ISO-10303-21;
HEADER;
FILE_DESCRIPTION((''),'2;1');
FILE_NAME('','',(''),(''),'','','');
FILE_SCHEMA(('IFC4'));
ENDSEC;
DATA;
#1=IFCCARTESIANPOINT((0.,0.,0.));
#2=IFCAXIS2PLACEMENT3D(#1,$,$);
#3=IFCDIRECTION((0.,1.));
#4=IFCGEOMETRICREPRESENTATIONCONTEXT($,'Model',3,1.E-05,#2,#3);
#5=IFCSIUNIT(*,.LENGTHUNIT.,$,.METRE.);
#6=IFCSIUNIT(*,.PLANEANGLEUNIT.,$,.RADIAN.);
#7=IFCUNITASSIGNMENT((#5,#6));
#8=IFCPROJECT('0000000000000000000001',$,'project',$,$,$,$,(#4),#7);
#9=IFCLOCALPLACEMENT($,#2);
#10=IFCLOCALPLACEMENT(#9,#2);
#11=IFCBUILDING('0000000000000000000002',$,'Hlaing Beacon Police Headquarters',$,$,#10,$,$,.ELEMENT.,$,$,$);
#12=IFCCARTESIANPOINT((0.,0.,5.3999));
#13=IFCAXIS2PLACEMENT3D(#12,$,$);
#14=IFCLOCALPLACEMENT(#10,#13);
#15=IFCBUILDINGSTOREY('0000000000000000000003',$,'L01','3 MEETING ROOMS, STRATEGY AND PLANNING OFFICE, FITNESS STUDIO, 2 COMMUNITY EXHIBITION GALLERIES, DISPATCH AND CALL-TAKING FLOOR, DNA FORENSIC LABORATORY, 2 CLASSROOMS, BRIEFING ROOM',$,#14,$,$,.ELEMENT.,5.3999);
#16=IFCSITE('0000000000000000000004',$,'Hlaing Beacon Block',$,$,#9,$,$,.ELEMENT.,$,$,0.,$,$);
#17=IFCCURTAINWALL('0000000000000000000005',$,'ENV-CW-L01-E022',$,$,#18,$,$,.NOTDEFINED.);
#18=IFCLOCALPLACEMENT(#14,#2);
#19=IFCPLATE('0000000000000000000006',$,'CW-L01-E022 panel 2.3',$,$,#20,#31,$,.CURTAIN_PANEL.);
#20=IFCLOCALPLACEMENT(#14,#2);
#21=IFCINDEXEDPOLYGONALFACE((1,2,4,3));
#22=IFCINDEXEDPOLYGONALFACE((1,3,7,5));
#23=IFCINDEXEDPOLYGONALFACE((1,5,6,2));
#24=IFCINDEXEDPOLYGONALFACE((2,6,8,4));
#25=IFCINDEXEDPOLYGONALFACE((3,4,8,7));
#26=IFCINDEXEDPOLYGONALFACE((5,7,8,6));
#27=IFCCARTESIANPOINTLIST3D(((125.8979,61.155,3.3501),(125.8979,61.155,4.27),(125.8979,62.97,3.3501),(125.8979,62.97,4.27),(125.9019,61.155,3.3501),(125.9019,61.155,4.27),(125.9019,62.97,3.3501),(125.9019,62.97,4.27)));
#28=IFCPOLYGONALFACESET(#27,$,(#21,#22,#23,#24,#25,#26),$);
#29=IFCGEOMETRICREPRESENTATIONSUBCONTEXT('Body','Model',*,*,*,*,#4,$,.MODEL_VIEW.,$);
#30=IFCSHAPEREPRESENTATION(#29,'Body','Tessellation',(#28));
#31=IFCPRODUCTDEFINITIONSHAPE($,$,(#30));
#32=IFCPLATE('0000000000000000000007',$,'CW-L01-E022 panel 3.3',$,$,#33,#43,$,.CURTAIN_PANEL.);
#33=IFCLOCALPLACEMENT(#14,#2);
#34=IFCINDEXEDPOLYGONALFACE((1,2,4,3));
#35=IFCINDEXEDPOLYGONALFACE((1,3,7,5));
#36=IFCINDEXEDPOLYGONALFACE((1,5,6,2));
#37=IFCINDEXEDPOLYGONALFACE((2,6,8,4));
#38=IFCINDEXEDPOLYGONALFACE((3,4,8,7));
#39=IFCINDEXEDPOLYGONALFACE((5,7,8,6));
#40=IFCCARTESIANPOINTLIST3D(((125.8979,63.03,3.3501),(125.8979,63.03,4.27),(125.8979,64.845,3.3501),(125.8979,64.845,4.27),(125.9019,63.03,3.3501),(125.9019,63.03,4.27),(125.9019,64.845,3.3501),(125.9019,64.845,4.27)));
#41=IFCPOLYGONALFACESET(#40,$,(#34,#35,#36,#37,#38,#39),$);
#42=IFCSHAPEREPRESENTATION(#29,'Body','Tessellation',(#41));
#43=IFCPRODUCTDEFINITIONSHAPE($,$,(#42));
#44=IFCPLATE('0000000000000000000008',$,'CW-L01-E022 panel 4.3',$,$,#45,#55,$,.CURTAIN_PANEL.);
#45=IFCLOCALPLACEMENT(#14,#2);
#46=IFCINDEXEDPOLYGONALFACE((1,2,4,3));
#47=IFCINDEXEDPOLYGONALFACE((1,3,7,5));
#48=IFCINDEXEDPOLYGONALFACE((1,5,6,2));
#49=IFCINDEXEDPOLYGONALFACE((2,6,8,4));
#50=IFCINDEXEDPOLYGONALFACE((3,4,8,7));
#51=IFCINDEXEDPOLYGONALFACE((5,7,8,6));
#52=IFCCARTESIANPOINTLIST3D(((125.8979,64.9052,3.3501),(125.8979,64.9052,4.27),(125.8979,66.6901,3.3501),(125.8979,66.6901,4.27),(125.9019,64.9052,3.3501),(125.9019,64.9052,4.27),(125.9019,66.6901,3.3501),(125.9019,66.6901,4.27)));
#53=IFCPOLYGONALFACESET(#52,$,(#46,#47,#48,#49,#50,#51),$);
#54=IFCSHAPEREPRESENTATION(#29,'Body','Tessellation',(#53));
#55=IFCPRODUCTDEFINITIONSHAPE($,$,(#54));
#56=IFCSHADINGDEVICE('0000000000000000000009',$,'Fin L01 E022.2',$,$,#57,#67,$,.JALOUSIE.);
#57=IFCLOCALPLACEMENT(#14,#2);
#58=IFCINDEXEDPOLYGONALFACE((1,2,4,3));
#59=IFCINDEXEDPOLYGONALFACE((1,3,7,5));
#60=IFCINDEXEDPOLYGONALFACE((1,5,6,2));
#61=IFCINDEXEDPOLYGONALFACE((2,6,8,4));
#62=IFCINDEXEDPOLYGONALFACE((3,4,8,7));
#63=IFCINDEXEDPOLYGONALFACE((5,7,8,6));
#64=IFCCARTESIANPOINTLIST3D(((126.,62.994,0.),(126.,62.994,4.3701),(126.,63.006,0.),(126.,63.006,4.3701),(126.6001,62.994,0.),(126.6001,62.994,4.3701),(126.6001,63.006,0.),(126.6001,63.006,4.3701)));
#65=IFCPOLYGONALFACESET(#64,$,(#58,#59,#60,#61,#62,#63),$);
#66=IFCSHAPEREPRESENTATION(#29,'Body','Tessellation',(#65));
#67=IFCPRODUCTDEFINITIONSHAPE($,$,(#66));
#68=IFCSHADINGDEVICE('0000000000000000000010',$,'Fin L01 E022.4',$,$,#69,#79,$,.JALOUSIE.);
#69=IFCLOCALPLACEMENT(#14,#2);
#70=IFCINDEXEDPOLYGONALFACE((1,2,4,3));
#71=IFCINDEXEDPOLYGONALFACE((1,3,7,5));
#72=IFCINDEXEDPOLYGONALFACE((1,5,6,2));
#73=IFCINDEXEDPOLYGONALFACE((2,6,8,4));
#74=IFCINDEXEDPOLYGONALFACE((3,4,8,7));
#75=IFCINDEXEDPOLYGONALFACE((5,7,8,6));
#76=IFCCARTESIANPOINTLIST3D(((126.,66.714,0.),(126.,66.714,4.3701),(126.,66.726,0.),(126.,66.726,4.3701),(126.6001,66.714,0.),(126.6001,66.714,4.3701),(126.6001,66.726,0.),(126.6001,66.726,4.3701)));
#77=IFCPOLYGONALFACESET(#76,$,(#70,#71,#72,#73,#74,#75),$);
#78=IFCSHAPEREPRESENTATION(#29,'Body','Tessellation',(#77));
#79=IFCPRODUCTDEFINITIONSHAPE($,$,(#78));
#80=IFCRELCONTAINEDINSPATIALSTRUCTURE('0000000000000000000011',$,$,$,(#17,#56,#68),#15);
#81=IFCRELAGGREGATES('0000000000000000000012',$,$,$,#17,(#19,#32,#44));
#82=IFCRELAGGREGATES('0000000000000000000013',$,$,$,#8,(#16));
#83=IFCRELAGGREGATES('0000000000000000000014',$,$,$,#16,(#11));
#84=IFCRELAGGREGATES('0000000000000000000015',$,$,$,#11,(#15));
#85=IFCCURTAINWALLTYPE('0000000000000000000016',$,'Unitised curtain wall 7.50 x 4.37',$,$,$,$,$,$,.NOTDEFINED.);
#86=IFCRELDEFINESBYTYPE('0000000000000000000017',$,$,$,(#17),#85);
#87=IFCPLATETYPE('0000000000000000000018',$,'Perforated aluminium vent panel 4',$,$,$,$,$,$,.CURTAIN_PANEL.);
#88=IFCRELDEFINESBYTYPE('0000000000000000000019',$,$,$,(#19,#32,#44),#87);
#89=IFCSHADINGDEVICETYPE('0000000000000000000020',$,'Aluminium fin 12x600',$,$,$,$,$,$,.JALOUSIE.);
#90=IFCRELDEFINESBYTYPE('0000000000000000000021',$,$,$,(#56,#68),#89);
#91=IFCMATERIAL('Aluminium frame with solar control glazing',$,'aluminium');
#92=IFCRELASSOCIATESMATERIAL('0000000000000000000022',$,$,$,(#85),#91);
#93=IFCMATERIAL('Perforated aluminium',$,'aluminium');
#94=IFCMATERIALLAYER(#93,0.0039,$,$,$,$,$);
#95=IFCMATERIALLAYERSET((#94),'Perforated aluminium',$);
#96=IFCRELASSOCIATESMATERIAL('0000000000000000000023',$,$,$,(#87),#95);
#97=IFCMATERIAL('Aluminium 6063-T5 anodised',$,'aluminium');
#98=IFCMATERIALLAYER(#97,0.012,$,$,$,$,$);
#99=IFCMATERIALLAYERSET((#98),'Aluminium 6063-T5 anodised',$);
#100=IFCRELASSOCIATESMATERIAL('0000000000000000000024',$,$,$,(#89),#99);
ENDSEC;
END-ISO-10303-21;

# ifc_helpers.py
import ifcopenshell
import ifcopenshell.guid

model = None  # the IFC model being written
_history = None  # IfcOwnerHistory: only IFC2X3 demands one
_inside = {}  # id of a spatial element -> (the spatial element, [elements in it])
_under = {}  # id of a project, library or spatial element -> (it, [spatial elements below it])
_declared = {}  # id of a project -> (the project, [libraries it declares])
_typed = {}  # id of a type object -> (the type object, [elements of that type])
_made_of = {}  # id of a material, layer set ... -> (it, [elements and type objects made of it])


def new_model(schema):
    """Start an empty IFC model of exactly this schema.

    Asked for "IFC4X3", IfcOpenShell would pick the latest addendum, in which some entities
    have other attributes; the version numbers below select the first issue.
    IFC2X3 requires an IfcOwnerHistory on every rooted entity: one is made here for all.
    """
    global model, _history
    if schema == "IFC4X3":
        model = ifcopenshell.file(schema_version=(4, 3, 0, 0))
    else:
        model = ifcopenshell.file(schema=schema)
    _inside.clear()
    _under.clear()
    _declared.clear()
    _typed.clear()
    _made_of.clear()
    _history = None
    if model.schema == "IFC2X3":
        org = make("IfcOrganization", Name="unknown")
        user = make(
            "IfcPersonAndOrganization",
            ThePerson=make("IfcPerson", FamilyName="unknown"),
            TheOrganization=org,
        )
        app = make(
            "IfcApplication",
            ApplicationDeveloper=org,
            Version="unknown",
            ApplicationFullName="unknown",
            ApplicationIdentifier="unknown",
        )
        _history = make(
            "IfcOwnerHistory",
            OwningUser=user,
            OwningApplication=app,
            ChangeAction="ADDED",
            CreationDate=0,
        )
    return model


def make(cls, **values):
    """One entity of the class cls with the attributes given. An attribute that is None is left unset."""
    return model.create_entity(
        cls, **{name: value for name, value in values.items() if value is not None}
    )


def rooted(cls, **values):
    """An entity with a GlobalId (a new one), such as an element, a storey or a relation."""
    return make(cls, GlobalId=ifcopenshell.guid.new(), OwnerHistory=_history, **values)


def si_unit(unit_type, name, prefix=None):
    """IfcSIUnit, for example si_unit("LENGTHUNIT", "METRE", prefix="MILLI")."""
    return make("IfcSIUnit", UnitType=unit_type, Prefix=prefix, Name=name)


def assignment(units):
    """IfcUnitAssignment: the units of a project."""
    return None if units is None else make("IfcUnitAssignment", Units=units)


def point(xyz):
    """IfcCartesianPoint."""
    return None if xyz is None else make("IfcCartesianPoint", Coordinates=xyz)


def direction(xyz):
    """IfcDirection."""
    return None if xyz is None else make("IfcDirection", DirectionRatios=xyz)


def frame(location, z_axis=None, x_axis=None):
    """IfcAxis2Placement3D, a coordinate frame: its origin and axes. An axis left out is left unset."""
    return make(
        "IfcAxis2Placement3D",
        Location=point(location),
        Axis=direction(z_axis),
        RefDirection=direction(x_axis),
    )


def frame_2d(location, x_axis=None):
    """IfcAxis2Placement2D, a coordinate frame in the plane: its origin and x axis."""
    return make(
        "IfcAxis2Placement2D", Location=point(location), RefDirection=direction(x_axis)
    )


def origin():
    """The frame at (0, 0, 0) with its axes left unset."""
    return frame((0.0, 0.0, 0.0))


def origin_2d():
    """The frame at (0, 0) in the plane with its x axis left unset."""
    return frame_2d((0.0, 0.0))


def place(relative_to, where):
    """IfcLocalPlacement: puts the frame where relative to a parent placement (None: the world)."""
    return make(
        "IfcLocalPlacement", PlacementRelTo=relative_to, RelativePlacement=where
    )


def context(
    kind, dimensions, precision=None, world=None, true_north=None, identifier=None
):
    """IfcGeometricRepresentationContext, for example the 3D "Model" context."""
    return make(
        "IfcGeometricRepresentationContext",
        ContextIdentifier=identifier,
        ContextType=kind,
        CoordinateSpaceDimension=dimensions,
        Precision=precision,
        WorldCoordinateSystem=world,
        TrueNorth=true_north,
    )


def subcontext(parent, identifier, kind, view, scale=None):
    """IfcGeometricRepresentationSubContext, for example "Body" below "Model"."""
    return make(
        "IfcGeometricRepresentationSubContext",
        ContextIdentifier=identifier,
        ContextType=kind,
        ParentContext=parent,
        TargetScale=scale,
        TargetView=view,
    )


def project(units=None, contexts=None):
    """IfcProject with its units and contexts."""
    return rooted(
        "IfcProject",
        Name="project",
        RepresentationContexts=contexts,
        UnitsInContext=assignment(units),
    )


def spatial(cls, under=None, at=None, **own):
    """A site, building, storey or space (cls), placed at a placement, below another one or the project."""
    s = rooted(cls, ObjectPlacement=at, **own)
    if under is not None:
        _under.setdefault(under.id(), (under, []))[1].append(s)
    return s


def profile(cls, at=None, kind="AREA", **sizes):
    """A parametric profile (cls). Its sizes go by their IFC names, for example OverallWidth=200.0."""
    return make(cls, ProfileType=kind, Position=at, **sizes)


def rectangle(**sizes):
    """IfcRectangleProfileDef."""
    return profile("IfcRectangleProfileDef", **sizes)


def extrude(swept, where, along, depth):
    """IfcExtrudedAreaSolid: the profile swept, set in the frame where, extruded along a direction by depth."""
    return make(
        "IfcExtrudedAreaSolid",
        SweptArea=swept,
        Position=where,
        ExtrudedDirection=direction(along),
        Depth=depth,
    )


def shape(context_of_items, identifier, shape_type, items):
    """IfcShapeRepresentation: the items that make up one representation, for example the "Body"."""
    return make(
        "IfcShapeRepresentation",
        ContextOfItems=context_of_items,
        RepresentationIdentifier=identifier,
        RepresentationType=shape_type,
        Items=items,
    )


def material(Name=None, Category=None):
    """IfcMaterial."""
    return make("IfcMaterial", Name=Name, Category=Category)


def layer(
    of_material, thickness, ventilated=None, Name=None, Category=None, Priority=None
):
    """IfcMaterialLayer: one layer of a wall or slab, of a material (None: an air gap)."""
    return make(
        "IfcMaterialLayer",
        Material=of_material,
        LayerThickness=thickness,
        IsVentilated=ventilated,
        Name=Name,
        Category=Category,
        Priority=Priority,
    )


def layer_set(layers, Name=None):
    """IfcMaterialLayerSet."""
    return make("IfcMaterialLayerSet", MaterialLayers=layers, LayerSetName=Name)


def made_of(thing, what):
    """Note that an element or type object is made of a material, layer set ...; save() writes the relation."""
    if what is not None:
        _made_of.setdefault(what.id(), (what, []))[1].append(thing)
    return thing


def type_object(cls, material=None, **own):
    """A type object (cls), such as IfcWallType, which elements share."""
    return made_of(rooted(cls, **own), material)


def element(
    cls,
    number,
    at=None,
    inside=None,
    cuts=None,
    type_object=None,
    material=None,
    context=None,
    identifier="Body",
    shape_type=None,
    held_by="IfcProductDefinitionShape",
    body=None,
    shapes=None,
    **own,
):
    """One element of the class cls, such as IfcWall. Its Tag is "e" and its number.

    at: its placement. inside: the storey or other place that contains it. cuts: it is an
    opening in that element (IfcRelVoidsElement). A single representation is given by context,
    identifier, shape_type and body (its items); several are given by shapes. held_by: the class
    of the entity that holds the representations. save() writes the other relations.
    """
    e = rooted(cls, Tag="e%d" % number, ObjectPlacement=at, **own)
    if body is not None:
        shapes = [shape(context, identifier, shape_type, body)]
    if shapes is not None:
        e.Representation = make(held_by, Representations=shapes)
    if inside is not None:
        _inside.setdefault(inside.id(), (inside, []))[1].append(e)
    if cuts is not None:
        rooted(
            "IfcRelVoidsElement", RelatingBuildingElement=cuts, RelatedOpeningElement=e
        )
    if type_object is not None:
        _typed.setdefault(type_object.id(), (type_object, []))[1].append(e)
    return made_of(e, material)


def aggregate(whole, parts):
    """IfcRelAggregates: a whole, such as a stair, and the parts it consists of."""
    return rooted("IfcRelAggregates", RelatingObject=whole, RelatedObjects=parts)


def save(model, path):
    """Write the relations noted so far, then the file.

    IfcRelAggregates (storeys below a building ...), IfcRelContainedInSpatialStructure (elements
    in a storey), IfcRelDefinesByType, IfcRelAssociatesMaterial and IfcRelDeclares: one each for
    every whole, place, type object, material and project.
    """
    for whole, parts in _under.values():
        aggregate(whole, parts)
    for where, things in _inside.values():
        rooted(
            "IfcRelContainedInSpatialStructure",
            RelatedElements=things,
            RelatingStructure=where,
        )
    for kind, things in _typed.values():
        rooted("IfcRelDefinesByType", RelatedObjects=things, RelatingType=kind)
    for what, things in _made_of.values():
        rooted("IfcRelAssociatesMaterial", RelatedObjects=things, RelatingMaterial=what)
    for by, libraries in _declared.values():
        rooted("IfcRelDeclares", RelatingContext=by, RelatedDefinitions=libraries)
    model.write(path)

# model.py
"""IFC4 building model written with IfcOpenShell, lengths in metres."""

from ifc_helpers import new_model, si_unit, direction, frame, origin, origin_2d, place, context, subcontext, project, spatial, rectangle, extrude, material, layer, layer_set, type_object, element, aggregate, save


model = new_model("IFC4")

# Units and contexts
model_context = context("Model", 3, precision=1e-05, world=origin(), true_north=direction((0.0, 1.0)))
body_context = subcontext(model_context, "Body", "Model", "MODEL_VIEW")
ifc_project = project(units=[si_unit("LENGTHUNIT", "METRE"), si_unit("PLANEANGLEUNIT", "RADIAN")], contexts=[model_context])

# Site, building, storey
site_placement = place(None, origin())
site = spatial("IfcSite", under=ifc_project, at=site_placement, Name="Hlaing Beacon Block", CompositionType="ELEMENT", RefElevation=0.0)
building_placement = place(site_placement, origin())
building = spatial("IfcBuilding", under=site, at=building_placement, Name="Hlaing Beacon Police Headquarters", CompositionType="ELEMENT")
storey_placement = place(building_placement, frame((0.0, 0.0, 5.3999)))
storey = spatial("IfcBuildingStorey", under=building, at=storey_placement, Name="L01", Description="3 MEETING ROOMS, STRATEGY AND PLANNING OFFICE, FITNESS STUDIO, 2 COMMUNITY EXHIBITION GALLERIES, DISPATCH AND CALL-TAKING FLOOR, DNA FORENSIC LABORATORY, 2 CLASSROOMS, BRIEFING ROOM", CompositionType="ELEMENT", Elevation=5.3999)

# Curtain wall, plates
ifc_material_1 = material(Name="Aluminium frame with solar control glazing", Category="aluminium")
curtain_wall_type = type_object("IfcCurtainWallType", Name="Unitised curtain wall 7.50 x 4.37", PredefinedType="NOTDEFINED", material=ifc_material_1)
curtain_wall_placement = place(storey_placement, origin())
curtain_wall = element("IfcCurtainWall", 1, at=curtain_wall_placement, inside=storey, type_object=curtain_wall_type, Name="ENV-CW-L01-E022", PredefinedType="NOTDEFINED")
ifc_material_2 = material(Name="Perforated aluminium", Category="aluminium")
ifc_layer_1 = layer(ifc_material_2, 0.0039)
ifc_layer_set_1 = layer_set([ifc_layer_1], Name="Perforated aluminium")
plate_type_1 = type_object("IfcPlateType", Name="Perforated aluminium vent panel 4", PredefinedType="CURTAIN_PANEL", material=ifc_layer_set_1)
plate_1_placement = place(storey_placement, frame((125.8999, 62.0625, 3.3501), z_axis=(0.0, 0.0, 1.0), x_axis=(0.0, 1.0, 0.0)))
plate_1 = element("IfcPlate", 2, at=plate_1_placement, type_object=plate_type_1, Name="CW-L01-E022 panel 2.3", PredefinedType="CURTAIN_PANEL", context=body_context, shape_type="SweptSolid", body=[
    extrude(rectangle(XDim=1.8149, YDim=0.0039, at=origin_2d()), origin(), (0.0, 0.0, 1.0), 0.9199),
])
plate_2_placement = place(storey_placement, frame((125.8999, 63.9375, 3.3501), z_axis=(0.0, 0.0, 1.0), x_axis=(0.0, 1.0, 0.0)))
plate_2 = element("IfcPlate", 3, at=plate_2_placement, type_object=plate_type_1, Name="CW-L01-E022 panel 3.3", PredefinedType="CURTAIN_PANEL", context=body_context, shape_type="SweptSolid", body=[
    extrude(rectangle(XDim=1.8149, YDim=0.0039, at=origin_2d()), origin(), (0.0, 0.0, 1.0), 0.9199),
])
plate_3_placement = place(storey_placement, frame((125.8999, 65.7976, 3.3501), z_axis=(0.0, 0.0, 1.0), x_axis=(0.0, 1.0, 0.0)))
plate_3 = element("IfcPlate", 4, at=plate_3_placement, type_object=plate_type_1, Name="CW-L01-E022 panel 4.3", PredefinedType="CURTAIN_PANEL", context=body_context, shape_type="SweptSolid", body=[
    extrude(rectangle(XDim=1.7849, YDim=0.0039, at=origin_2d()), origin(), (0.0, 0.0, 1.0), 0.9199),
])
aggregate(curtain_wall, [plate_1, plate_2, plate_3])

# Shading devices
ifc_material_3 = material(Name="Aluminium 6063-T5 anodised", Category="aluminium")
ifc_layer_2 = layer(ifc_material_3, 0.012)
ifc_layer_set_2 = layer_set([ifc_layer_2], Name="Aluminium 6063-T5 anodised")
shading_device_type = type_object("IfcShadingDeviceType", Name="Aluminium fin 12x600", PredefinedType="JALOUSIE", material=ifc_layer_set_2)
for number, where, z_axis, x_axis, name in (
    (5, (126.3, 63.0, 0.0), (0.0, 0.0, 1.0), (0.0, 1.0, 0.0), "Fin L01 E022.2"),
    (6, (126.3, 66.72, 0.0), (0.0, 0.0, 1.0), (0.0, 1.0, 0.0), "Fin L01 E022.4"),
):
    element("IfcShadingDevice", number, at=place(storey_placement, frame(where, z_axis=z_axis, x_axis=x_axis)), inside=storey, type_object=shading_device_type, Name=name, PredefinedType="JALOUSIE", context=body_context, shape_type="SweptSolid", body=[
        extrude(rectangle(XDim=0.012, YDim=0.6001, at=origin_2d()), origin(), (0.0, 0.0, 1.0), 4.3701),
    ])

save(model, "model.ifc")
